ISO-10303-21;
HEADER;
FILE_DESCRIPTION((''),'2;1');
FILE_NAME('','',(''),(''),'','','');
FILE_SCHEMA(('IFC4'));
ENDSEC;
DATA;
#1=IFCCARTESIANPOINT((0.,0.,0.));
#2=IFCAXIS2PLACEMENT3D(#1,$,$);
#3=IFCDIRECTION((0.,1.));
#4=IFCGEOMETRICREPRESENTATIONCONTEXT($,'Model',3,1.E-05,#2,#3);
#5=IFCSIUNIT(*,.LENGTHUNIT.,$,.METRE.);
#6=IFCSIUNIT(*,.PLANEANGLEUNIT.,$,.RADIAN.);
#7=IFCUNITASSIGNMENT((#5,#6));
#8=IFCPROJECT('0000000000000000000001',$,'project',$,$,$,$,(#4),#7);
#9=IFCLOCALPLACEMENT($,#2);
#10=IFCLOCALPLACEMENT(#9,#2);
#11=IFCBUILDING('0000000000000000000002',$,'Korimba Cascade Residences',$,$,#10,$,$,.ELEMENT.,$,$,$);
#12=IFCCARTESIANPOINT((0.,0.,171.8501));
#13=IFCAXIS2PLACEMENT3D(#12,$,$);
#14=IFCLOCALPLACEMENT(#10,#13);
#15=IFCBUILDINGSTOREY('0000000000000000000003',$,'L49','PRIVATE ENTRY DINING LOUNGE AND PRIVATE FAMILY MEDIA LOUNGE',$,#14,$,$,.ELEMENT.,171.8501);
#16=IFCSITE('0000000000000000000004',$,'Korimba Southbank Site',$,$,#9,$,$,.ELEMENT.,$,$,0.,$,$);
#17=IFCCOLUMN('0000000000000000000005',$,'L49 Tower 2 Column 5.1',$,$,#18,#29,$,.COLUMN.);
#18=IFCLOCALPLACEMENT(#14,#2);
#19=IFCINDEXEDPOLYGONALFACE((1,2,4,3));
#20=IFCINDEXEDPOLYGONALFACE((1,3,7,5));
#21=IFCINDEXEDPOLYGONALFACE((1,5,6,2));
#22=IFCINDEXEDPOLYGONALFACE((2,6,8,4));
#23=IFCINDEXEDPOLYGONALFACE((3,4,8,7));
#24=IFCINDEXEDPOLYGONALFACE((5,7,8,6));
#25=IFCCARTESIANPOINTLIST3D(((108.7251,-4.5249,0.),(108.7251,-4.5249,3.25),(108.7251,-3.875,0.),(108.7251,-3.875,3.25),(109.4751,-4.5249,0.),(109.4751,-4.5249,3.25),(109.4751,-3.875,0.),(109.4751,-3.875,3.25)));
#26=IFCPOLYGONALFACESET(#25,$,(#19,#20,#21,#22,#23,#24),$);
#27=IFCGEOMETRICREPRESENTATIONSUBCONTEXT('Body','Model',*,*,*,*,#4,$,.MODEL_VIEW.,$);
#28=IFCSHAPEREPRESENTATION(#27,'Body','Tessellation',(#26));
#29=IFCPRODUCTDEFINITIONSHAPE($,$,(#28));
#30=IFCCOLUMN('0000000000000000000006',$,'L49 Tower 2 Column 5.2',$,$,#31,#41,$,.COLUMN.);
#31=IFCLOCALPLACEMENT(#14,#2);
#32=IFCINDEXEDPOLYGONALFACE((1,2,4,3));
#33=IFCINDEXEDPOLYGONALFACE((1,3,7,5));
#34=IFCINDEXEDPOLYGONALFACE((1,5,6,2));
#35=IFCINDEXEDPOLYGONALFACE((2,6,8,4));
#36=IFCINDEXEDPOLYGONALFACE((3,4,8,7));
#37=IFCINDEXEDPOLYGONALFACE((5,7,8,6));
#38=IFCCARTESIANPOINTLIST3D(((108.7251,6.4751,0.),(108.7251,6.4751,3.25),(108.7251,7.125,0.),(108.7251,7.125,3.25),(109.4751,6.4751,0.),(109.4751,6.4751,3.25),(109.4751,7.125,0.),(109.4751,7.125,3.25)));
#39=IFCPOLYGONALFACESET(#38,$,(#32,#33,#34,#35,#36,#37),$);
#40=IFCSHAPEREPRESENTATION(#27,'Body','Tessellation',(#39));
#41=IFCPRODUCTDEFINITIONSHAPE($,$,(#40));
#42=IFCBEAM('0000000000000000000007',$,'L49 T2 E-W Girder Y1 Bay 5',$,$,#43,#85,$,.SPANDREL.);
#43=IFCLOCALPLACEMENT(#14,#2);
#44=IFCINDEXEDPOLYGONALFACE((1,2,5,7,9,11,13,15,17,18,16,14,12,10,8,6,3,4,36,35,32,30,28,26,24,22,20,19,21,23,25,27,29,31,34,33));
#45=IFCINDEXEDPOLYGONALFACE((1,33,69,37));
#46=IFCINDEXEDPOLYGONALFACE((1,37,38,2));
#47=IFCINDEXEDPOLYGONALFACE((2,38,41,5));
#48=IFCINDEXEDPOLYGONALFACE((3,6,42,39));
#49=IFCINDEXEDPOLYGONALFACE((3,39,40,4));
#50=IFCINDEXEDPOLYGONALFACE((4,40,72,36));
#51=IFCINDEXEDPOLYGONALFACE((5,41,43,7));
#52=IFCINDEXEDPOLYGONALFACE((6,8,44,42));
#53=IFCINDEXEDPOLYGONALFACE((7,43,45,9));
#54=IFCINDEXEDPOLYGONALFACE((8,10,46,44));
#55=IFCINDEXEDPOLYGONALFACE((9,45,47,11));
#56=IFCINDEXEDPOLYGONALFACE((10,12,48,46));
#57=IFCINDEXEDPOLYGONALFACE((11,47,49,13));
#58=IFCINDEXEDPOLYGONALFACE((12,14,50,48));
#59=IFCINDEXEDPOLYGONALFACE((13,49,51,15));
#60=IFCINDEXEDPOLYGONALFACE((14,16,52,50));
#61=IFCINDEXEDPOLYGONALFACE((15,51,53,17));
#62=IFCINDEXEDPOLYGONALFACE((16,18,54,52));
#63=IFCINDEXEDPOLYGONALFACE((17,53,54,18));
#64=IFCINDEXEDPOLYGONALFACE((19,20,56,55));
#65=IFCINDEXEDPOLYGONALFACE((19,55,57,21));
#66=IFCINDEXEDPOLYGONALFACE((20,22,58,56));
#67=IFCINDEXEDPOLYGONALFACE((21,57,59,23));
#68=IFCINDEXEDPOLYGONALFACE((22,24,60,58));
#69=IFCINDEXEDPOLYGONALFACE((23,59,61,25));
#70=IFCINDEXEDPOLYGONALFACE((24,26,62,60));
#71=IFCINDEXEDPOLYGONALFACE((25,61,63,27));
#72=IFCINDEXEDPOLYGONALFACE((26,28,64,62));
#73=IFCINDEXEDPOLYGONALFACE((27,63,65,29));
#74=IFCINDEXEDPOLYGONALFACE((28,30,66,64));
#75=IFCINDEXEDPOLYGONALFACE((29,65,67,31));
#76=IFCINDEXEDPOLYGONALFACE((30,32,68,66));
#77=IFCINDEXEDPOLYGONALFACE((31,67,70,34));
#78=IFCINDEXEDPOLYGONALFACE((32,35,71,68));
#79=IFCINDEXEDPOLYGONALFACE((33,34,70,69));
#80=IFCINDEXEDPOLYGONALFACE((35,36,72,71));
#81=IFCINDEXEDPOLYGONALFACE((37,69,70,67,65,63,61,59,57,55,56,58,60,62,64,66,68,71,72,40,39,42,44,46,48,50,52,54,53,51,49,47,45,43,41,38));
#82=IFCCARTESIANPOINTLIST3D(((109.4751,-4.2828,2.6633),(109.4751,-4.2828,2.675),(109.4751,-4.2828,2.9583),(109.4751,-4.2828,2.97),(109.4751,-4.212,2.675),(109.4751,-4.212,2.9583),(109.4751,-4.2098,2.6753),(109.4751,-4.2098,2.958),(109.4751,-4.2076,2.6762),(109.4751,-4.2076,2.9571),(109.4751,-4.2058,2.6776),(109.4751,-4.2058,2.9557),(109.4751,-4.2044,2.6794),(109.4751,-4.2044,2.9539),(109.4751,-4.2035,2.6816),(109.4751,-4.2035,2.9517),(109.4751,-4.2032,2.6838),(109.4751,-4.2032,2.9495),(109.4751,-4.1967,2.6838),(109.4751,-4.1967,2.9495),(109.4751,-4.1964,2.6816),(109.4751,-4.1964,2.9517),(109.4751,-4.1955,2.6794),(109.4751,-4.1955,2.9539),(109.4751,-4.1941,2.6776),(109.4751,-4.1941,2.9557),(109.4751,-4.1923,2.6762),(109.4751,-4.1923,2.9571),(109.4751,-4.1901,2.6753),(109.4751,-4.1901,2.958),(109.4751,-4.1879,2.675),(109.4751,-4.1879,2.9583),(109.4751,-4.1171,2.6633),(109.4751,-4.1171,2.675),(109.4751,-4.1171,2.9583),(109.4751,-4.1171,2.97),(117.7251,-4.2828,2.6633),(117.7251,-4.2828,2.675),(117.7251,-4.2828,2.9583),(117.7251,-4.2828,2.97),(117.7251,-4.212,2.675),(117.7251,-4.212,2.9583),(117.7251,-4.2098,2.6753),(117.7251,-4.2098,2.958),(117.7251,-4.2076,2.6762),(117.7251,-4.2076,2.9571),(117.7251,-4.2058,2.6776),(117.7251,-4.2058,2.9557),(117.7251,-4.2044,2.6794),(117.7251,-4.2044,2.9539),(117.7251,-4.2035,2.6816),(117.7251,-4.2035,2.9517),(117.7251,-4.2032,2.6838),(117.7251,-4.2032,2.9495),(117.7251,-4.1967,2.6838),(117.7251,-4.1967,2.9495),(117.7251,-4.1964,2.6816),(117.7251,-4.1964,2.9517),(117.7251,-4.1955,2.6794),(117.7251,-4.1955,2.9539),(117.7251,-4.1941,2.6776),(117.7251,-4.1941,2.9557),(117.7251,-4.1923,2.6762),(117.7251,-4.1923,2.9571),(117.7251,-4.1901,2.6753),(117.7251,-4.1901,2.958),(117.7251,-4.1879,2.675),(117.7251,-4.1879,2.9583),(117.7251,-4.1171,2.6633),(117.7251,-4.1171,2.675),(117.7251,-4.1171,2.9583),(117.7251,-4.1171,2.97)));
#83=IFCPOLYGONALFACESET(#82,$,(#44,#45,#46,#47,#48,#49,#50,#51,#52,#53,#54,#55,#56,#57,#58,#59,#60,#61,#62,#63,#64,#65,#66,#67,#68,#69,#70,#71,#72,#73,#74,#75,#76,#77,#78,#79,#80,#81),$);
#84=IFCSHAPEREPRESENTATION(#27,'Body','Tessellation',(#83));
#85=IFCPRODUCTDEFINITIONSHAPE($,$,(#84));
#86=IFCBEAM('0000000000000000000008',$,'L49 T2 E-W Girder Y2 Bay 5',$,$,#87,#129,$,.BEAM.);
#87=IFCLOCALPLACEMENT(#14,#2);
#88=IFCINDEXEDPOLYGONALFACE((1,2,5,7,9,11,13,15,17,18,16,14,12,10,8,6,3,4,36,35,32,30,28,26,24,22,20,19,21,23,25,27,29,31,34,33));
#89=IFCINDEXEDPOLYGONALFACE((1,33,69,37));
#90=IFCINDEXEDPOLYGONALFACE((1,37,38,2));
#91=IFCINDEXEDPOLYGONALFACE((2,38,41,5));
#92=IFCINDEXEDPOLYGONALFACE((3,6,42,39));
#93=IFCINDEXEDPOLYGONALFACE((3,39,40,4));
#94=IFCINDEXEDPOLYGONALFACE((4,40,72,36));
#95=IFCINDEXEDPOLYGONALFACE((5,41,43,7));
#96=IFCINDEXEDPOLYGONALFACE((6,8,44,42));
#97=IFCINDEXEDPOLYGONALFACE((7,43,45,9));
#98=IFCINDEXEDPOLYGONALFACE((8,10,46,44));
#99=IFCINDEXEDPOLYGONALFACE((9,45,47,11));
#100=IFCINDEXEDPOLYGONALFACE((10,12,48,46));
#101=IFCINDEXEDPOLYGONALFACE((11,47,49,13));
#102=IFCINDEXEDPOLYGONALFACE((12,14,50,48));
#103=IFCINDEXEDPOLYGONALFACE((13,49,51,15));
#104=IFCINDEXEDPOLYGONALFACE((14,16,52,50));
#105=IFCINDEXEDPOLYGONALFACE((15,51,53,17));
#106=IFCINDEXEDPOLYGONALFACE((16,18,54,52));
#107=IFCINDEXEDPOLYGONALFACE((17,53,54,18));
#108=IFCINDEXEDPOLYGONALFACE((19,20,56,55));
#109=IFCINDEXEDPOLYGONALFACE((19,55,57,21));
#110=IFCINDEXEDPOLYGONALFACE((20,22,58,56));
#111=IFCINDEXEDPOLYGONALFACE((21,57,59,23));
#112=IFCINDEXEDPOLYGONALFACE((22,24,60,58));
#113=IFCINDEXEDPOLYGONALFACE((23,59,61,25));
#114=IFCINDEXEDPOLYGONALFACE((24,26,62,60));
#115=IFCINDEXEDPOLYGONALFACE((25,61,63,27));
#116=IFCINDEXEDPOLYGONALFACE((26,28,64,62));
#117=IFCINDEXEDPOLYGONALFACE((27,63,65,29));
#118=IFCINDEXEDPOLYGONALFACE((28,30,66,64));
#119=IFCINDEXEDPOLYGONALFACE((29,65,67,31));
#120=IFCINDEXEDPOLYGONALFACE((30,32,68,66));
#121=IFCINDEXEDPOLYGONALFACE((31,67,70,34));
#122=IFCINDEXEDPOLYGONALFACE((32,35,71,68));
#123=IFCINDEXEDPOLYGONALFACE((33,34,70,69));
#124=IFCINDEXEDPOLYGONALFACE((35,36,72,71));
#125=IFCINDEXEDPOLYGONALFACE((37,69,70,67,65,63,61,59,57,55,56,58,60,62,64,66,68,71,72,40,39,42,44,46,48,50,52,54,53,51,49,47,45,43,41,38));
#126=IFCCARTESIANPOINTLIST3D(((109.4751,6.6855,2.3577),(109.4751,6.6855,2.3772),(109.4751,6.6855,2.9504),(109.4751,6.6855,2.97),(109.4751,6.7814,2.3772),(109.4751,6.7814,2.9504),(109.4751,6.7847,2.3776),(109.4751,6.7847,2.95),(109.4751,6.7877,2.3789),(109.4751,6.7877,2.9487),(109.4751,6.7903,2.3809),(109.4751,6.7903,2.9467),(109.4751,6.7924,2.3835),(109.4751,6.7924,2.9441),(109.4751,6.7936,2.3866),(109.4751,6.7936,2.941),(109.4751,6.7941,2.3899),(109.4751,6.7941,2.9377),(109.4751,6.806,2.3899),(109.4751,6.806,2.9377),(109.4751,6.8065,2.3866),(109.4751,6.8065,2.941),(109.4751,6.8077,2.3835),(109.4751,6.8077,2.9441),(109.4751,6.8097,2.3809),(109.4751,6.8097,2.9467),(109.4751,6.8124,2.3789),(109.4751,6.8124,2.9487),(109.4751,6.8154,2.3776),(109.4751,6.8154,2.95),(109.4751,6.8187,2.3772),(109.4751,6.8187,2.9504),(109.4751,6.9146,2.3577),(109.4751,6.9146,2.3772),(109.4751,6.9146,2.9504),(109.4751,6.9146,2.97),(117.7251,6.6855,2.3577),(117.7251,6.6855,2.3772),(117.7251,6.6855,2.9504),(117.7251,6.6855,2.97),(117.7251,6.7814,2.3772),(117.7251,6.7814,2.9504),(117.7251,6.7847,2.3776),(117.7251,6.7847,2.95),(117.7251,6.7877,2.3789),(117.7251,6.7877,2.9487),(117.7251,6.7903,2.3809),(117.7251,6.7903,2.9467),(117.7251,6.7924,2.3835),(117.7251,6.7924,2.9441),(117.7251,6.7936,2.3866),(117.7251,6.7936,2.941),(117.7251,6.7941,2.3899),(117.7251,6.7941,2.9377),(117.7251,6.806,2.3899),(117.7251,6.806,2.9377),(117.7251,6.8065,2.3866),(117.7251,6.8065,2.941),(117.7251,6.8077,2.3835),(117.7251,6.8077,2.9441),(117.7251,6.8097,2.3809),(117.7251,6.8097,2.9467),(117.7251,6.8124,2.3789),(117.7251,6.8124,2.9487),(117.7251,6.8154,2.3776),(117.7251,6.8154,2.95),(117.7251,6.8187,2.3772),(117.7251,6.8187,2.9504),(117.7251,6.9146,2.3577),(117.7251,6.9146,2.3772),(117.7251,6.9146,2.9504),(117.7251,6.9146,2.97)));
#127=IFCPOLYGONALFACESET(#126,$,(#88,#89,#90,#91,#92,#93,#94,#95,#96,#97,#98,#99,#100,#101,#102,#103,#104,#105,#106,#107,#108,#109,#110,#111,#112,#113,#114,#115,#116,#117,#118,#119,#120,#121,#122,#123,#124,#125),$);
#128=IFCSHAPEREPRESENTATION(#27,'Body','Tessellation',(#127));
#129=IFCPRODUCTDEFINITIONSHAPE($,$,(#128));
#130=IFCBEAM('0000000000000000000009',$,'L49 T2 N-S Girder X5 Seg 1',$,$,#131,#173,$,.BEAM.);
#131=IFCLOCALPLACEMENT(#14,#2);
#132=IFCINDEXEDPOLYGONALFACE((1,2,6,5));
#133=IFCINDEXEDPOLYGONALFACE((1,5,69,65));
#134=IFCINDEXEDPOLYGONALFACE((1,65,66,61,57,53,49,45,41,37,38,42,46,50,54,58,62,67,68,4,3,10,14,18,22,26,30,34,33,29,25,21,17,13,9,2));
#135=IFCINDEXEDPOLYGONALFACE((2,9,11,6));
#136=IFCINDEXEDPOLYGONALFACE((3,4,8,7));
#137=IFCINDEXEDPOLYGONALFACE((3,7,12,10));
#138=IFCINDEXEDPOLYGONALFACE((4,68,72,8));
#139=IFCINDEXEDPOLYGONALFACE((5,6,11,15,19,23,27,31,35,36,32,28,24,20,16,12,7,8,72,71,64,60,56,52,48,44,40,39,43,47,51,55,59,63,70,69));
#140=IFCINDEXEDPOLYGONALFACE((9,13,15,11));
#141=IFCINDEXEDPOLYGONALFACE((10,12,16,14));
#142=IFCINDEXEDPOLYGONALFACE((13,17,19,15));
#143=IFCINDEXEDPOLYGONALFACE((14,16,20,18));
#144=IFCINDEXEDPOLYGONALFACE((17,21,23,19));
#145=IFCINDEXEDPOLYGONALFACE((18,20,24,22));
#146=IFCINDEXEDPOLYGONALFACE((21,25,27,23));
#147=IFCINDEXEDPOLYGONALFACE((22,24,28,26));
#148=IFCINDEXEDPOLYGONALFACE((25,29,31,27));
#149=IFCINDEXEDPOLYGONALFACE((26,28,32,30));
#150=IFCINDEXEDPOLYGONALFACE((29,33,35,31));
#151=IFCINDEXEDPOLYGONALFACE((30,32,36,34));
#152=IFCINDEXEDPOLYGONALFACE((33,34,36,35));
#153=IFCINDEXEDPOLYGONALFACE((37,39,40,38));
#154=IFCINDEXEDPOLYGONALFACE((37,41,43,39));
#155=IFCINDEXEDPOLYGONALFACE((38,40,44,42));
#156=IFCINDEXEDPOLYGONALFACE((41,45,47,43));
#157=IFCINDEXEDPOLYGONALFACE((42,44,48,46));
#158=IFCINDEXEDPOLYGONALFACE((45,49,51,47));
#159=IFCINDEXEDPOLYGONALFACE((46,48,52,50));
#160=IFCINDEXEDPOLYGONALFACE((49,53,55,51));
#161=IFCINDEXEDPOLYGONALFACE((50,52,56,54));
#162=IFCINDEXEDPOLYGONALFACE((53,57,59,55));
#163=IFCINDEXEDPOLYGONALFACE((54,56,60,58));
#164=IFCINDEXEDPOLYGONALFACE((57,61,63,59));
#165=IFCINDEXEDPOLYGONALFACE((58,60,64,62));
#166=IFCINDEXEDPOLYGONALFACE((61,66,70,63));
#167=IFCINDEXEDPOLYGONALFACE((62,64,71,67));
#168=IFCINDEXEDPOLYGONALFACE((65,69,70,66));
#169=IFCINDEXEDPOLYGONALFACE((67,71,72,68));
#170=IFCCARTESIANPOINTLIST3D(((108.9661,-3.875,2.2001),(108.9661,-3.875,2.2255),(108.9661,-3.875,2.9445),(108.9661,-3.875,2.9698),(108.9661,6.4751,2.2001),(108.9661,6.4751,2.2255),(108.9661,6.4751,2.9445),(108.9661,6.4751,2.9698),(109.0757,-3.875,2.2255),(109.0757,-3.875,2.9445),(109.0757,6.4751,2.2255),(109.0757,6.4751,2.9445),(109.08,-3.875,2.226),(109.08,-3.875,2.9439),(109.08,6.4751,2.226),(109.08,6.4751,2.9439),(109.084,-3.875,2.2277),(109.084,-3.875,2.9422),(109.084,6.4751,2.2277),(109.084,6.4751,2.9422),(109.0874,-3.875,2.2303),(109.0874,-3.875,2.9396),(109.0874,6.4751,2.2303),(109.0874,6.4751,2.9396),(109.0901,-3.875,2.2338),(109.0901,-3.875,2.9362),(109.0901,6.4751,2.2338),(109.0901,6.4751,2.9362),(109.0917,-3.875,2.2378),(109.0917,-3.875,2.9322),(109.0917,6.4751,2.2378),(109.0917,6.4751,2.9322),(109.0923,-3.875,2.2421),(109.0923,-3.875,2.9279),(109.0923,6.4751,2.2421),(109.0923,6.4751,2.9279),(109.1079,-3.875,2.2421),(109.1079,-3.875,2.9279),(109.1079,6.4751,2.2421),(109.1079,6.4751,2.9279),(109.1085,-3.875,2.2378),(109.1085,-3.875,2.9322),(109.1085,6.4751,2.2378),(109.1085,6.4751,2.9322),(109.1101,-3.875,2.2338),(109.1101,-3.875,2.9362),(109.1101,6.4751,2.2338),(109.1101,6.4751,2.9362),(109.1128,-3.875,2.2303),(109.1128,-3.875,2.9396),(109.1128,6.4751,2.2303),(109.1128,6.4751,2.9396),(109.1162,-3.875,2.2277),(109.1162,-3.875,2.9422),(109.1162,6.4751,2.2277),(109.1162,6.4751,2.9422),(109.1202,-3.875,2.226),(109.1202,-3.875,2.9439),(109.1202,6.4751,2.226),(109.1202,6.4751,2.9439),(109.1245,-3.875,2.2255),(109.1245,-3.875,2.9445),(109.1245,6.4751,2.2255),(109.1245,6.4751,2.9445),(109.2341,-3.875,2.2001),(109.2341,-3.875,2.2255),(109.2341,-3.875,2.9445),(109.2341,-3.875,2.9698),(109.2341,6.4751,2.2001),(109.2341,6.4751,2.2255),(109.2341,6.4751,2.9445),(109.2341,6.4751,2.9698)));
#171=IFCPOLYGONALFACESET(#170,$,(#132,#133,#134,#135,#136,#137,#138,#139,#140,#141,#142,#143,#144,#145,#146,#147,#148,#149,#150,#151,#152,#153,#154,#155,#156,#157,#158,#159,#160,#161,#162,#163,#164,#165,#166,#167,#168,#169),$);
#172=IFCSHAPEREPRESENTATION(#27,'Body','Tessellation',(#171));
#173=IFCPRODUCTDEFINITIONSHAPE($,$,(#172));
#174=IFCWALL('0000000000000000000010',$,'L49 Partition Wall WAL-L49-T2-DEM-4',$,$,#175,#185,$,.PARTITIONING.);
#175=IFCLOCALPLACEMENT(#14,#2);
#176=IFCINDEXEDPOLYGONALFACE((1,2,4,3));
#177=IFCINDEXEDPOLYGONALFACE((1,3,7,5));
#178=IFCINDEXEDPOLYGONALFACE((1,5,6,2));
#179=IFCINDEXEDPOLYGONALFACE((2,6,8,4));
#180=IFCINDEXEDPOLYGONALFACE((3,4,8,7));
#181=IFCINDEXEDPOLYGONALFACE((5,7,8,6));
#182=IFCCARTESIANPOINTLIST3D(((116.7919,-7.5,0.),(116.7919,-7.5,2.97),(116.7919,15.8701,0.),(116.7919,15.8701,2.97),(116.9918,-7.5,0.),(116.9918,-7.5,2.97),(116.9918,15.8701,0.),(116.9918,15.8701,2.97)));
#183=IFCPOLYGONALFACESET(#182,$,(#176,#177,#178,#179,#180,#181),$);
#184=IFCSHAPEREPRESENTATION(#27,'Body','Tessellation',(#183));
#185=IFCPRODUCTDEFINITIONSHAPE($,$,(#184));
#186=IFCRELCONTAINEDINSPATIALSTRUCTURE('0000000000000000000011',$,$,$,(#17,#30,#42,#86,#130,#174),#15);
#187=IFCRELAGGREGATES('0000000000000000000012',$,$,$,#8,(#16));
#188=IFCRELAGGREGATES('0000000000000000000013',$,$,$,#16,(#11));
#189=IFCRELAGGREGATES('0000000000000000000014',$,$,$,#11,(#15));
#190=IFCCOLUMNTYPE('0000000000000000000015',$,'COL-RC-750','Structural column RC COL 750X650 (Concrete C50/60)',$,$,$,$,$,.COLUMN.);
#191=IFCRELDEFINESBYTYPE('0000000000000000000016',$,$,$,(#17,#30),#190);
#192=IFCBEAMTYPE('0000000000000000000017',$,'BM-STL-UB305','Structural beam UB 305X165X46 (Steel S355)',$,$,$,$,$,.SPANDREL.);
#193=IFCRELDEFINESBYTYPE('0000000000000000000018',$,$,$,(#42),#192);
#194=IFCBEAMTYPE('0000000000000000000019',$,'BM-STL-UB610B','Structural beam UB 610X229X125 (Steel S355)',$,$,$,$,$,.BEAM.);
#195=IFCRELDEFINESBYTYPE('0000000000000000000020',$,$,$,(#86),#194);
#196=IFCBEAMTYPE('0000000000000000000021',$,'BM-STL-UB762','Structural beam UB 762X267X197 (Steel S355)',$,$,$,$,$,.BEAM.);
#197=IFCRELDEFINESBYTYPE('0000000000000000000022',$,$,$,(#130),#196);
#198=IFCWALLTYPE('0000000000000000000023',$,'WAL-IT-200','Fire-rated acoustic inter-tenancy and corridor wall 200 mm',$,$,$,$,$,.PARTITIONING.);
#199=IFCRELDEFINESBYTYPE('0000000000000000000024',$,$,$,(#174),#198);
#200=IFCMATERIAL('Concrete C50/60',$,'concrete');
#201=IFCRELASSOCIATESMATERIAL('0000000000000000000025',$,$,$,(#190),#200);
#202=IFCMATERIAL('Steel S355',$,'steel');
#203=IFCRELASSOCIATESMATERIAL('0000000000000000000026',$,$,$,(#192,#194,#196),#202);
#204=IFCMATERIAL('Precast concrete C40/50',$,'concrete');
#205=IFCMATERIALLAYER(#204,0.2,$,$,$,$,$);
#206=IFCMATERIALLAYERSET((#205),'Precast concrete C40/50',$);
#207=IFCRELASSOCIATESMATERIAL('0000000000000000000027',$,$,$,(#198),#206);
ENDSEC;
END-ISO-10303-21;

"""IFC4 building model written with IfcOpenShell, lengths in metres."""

from ifc_helpers import new_model, si_unit, direction, frame, frame_2d, origin, origin_2d, place, context, subcontext, project, spatial, rectangle, i_section, extrude, material, layer, layer_set, material_profile, profile_set, type_object, element, save


model = new_model("IFC4")

# Units and contexts
model_context = context("Model", 3, precision=1e-05, world=origin(), true_north=direction((0.0, 1.0)))
body_context = subcontext(model_context, "Body", "Model", "MODEL_VIEW")
ifc_project = project(units=[si_unit("LENGTHUNIT", "METRE"), si_unit("PLANEANGLEUNIT", "RADIAN")], contexts=[model_context])

# Site, building, storey
site_placement = place(None, origin())
site = spatial("IfcSite", under=ifc_project, at=site_placement, Name="Korimba Southbank Site", CompositionType="ELEMENT", RefElevation=0.0)
building_placement = place(site_placement, origin())
building = spatial("IfcBuilding", under=site, at=building_placement, Name="Korimba Cascade Residences", CompositionType="ELEMENT")
storey_placement = place(building_placement, frame((0.0, 0.0, 171.8501)))
storey = spatial("IfcBuildingStorey", under=building, at=storey_placement, Name="L49", Description="PRIVATE ENTRY DINING LOUNGE AND PRIVATE FAMILY MEDIA LOUNGE", CompositionType="ELEMENT", Elevation=171.8501)

# Columns
ifc_material_1 = material(Name="Concrete C50/60", Category="concrete")
ifc_material_profile_1 = material_profile(ifc_material_1, rectangle(XDim=0.75, YDim=0.6499, at=origin_2d()), Name="Concrete C50/60")
ifc_profile_set_1 = profile_set([ifc_material_profile_1], Name="Concrete C50/60")
column_type = type_object("IfcColumnType", Name="COL-RC-750", Description="Structural column RC COL 750X650 (Concrete C50/60)", PredefinedType="COLUMN", material=ifc_profile_set_1)
for number, where, z_axis, x_axis, name in (
    (1, (109.1001, -4.2, 0.0), (0.0, 0.0, 1.0), (1.0, 0.0, 0.0), "L49 Tower 2 Column 5.1"),
    (2, (109.1001, 6.8, 0.0), (0.0, 0.0, 1.0), (1.0, 0.0, 0.0), "L49 Tower 2 Column 5.2"),
):
    element("IfcColumn", number, at=place(storey_placement, frame(where, z_axis=z_axis, x_axis=x_axis)), inside=storey, type_object=column_type, Name=name, PredefinedType="COLUMN", context=body_context, shape_type="SweptSolid", body=[
        extrude(rectangle(XDim=0.75, YDim=0.6499, at=origin_2d()), origin(), (0.0, 0.0, 1.0), 3.25),
    ])

# Beams
ifc_material_2 = material(Name="Steel S355", Category="steel")
ifc_material_profile_2 = material_profile(ifc_material_2, i_section(OverallWidth=0.1658, OverallDepth=0.3066, WebThickness=0.0066, FlangeThickness=0.0117, FilletRadius=0.0088, at=origin_2d()), Name="Steel S355")
ifc_profile_set_2 = profile_set([ifc_material_profile_2], Name="Steel S355")
beam_type_1 = type_object("IfcBeamType", Name="BM-STL-UB305", Description="Structural beam UB 305X165X46 (Steel S355)", PredefinedType="SPANDREL", material=ifc_profile_set_2)
beam_1_placement = place(storey_placement, frame((109.4751, -4.2, 2.8167), z_axis=(1.0, 0.0, 0.0), x_axis=(0.0, 1.0, 0.0)))
element("IfcBeam", 3, at=beam_1_placement, inside=storey, type_object=beam_type_1, Name="L49 T2 E-W Girder Y1 Bay 5", PredefinedType="SPANDREL", context=body_context, shape_type="SweptSolid", body=[
    extrude(i_section(OverallWidth=0.1658, OverallDepth=0.3066, WebThickness=0.0066, FlangeThickness=0.0117, FilletRadius=0.0088, at=origin_2d()), origin(), (0.0, 0.0, 1.0), 8.25),
])
ifc_material_profile_3 = material_profile(ifc_material_2, i_section(OverallWidth=0.229, OverallDepth=0.6123, WebThickness=0.012, FlangeThickness=0.0195, FilletRadius=0.0127, at=origin_2d()), Name="Steel S355")
ifc_profile_set_3 = profile_set([ifc_material_profile_3], Name="Steel S355")
beam_type_2 = type_object("IfcBeamType", Name="BM-STL-UB610B", Description="Structural beam UB 610X229X125 (Steel S355)", PredefinedType="BEAM", material=ifc_profile_set_3)
beam_2_placement = place(storey_placement, frame((109.4751, 6.8, 2.6638), z_axis=(1.0, 0.0, 0.0), x_axis=(0.0, 1.0, 0.0)))
element("IfcBeam", 4, at=beam_2_placement, inside=storey, type_object=beam_type_2, Name="L49 T2 E-W Girder Y2 Bay 5", PredefinedType="BEAM", context=body_context, shape_type="SweptSolid", body=[
    extrude(i_section(OverallWidth=0.229, OverallDepth=0.6123, WebThickness=0.012, FlangeThickness=0.0195, FilletRadius=0.0127, at=origin_2d()), origin(), (0.0, 0.0, 1.0), 8.25),
])
ifc_material_profile_4 = material_profile(ifc_material_2, i_section(OverallWidth=0.2681, OverallDepth=0.7698, WebThickness=0.0156, FlangeThickness=0.0254, FilletRadius=0.0166, at=origin_2d()), Name="Steel S355")
ifc_profile_set_4 = profile_set([ifc_material_profile_4], Name="Steel S355")
beam_type_3 = type_object("IfcBeamType", Name="BM-STL-UB762", Description="Structural beam UB 762X267X197 (Steel S355)", PredefinedType="BEAM", material=ifc_profile_set_4)
beam_3_placement = place(storey_placement, frame((109.1001, -3.875, 2.585), z_axis=(0.0, 1.0, 0.0), x_axis=(-1.0, 0.0, 0.0)))
element("IfcBeam", 5, at=beam_3_placement, inside=storey, type_object=beam_type_3, Name="L49 T2 N-S Girder X5 Seg 1", PredefinedType="BEAM", context=body_context, shape_type="SweptSolid", body=[
    extrude(i_section(OverallWidth=0.2681, OverallDepth=0.7698, WebThickness=0.0156, FlangeThickness=0.0254, FilletRadius=0.0166, at=origin_2d()), origin(), (0.0, 0.0, 1.0), 10.3501),
])

# Wall
ifc_material_3 = material(Name="Precast concrete C40/50", Category="concrete")
ifc_layer_1 = layer(ifc_material_3, 0.2)
ifc_layer_set_1 = layer_set([ifc_layer_1], Name="Precast concrete C40/50")
wall_type_1 = type_object("IfcWallType", Name="WAL-IT-200", Description="Fire-rated acoustic inter-tenancy and corridor wall 200 mm", PredefinedType="PARTITIONING", material=ifc_layer_set_1)
wall_1_placement = place(storey_placement, frame((116.8918, -7.5, 0.0), z_axis=(0.0, 0.0, 1.0), x_axis=(0.0, 1.0, 0.0)))
element("IfcWall", 6, at=wall_1_placement, inside=storey, type_object=wall_type_1, Name="L49 Partition Wall WAL-L49-T2-DEM-4", PredefinedType="PARTITIONING", context=body_context, shape_type="SweptSolid", body=[
    extrude(rectangle(XDim=23.3701, YDim=0.2, at=frame_2d((11.6851, 0.0))), origin(), (0.0, 0.0, 1.0), 2.97),
])

save(model, "model.ifc")
